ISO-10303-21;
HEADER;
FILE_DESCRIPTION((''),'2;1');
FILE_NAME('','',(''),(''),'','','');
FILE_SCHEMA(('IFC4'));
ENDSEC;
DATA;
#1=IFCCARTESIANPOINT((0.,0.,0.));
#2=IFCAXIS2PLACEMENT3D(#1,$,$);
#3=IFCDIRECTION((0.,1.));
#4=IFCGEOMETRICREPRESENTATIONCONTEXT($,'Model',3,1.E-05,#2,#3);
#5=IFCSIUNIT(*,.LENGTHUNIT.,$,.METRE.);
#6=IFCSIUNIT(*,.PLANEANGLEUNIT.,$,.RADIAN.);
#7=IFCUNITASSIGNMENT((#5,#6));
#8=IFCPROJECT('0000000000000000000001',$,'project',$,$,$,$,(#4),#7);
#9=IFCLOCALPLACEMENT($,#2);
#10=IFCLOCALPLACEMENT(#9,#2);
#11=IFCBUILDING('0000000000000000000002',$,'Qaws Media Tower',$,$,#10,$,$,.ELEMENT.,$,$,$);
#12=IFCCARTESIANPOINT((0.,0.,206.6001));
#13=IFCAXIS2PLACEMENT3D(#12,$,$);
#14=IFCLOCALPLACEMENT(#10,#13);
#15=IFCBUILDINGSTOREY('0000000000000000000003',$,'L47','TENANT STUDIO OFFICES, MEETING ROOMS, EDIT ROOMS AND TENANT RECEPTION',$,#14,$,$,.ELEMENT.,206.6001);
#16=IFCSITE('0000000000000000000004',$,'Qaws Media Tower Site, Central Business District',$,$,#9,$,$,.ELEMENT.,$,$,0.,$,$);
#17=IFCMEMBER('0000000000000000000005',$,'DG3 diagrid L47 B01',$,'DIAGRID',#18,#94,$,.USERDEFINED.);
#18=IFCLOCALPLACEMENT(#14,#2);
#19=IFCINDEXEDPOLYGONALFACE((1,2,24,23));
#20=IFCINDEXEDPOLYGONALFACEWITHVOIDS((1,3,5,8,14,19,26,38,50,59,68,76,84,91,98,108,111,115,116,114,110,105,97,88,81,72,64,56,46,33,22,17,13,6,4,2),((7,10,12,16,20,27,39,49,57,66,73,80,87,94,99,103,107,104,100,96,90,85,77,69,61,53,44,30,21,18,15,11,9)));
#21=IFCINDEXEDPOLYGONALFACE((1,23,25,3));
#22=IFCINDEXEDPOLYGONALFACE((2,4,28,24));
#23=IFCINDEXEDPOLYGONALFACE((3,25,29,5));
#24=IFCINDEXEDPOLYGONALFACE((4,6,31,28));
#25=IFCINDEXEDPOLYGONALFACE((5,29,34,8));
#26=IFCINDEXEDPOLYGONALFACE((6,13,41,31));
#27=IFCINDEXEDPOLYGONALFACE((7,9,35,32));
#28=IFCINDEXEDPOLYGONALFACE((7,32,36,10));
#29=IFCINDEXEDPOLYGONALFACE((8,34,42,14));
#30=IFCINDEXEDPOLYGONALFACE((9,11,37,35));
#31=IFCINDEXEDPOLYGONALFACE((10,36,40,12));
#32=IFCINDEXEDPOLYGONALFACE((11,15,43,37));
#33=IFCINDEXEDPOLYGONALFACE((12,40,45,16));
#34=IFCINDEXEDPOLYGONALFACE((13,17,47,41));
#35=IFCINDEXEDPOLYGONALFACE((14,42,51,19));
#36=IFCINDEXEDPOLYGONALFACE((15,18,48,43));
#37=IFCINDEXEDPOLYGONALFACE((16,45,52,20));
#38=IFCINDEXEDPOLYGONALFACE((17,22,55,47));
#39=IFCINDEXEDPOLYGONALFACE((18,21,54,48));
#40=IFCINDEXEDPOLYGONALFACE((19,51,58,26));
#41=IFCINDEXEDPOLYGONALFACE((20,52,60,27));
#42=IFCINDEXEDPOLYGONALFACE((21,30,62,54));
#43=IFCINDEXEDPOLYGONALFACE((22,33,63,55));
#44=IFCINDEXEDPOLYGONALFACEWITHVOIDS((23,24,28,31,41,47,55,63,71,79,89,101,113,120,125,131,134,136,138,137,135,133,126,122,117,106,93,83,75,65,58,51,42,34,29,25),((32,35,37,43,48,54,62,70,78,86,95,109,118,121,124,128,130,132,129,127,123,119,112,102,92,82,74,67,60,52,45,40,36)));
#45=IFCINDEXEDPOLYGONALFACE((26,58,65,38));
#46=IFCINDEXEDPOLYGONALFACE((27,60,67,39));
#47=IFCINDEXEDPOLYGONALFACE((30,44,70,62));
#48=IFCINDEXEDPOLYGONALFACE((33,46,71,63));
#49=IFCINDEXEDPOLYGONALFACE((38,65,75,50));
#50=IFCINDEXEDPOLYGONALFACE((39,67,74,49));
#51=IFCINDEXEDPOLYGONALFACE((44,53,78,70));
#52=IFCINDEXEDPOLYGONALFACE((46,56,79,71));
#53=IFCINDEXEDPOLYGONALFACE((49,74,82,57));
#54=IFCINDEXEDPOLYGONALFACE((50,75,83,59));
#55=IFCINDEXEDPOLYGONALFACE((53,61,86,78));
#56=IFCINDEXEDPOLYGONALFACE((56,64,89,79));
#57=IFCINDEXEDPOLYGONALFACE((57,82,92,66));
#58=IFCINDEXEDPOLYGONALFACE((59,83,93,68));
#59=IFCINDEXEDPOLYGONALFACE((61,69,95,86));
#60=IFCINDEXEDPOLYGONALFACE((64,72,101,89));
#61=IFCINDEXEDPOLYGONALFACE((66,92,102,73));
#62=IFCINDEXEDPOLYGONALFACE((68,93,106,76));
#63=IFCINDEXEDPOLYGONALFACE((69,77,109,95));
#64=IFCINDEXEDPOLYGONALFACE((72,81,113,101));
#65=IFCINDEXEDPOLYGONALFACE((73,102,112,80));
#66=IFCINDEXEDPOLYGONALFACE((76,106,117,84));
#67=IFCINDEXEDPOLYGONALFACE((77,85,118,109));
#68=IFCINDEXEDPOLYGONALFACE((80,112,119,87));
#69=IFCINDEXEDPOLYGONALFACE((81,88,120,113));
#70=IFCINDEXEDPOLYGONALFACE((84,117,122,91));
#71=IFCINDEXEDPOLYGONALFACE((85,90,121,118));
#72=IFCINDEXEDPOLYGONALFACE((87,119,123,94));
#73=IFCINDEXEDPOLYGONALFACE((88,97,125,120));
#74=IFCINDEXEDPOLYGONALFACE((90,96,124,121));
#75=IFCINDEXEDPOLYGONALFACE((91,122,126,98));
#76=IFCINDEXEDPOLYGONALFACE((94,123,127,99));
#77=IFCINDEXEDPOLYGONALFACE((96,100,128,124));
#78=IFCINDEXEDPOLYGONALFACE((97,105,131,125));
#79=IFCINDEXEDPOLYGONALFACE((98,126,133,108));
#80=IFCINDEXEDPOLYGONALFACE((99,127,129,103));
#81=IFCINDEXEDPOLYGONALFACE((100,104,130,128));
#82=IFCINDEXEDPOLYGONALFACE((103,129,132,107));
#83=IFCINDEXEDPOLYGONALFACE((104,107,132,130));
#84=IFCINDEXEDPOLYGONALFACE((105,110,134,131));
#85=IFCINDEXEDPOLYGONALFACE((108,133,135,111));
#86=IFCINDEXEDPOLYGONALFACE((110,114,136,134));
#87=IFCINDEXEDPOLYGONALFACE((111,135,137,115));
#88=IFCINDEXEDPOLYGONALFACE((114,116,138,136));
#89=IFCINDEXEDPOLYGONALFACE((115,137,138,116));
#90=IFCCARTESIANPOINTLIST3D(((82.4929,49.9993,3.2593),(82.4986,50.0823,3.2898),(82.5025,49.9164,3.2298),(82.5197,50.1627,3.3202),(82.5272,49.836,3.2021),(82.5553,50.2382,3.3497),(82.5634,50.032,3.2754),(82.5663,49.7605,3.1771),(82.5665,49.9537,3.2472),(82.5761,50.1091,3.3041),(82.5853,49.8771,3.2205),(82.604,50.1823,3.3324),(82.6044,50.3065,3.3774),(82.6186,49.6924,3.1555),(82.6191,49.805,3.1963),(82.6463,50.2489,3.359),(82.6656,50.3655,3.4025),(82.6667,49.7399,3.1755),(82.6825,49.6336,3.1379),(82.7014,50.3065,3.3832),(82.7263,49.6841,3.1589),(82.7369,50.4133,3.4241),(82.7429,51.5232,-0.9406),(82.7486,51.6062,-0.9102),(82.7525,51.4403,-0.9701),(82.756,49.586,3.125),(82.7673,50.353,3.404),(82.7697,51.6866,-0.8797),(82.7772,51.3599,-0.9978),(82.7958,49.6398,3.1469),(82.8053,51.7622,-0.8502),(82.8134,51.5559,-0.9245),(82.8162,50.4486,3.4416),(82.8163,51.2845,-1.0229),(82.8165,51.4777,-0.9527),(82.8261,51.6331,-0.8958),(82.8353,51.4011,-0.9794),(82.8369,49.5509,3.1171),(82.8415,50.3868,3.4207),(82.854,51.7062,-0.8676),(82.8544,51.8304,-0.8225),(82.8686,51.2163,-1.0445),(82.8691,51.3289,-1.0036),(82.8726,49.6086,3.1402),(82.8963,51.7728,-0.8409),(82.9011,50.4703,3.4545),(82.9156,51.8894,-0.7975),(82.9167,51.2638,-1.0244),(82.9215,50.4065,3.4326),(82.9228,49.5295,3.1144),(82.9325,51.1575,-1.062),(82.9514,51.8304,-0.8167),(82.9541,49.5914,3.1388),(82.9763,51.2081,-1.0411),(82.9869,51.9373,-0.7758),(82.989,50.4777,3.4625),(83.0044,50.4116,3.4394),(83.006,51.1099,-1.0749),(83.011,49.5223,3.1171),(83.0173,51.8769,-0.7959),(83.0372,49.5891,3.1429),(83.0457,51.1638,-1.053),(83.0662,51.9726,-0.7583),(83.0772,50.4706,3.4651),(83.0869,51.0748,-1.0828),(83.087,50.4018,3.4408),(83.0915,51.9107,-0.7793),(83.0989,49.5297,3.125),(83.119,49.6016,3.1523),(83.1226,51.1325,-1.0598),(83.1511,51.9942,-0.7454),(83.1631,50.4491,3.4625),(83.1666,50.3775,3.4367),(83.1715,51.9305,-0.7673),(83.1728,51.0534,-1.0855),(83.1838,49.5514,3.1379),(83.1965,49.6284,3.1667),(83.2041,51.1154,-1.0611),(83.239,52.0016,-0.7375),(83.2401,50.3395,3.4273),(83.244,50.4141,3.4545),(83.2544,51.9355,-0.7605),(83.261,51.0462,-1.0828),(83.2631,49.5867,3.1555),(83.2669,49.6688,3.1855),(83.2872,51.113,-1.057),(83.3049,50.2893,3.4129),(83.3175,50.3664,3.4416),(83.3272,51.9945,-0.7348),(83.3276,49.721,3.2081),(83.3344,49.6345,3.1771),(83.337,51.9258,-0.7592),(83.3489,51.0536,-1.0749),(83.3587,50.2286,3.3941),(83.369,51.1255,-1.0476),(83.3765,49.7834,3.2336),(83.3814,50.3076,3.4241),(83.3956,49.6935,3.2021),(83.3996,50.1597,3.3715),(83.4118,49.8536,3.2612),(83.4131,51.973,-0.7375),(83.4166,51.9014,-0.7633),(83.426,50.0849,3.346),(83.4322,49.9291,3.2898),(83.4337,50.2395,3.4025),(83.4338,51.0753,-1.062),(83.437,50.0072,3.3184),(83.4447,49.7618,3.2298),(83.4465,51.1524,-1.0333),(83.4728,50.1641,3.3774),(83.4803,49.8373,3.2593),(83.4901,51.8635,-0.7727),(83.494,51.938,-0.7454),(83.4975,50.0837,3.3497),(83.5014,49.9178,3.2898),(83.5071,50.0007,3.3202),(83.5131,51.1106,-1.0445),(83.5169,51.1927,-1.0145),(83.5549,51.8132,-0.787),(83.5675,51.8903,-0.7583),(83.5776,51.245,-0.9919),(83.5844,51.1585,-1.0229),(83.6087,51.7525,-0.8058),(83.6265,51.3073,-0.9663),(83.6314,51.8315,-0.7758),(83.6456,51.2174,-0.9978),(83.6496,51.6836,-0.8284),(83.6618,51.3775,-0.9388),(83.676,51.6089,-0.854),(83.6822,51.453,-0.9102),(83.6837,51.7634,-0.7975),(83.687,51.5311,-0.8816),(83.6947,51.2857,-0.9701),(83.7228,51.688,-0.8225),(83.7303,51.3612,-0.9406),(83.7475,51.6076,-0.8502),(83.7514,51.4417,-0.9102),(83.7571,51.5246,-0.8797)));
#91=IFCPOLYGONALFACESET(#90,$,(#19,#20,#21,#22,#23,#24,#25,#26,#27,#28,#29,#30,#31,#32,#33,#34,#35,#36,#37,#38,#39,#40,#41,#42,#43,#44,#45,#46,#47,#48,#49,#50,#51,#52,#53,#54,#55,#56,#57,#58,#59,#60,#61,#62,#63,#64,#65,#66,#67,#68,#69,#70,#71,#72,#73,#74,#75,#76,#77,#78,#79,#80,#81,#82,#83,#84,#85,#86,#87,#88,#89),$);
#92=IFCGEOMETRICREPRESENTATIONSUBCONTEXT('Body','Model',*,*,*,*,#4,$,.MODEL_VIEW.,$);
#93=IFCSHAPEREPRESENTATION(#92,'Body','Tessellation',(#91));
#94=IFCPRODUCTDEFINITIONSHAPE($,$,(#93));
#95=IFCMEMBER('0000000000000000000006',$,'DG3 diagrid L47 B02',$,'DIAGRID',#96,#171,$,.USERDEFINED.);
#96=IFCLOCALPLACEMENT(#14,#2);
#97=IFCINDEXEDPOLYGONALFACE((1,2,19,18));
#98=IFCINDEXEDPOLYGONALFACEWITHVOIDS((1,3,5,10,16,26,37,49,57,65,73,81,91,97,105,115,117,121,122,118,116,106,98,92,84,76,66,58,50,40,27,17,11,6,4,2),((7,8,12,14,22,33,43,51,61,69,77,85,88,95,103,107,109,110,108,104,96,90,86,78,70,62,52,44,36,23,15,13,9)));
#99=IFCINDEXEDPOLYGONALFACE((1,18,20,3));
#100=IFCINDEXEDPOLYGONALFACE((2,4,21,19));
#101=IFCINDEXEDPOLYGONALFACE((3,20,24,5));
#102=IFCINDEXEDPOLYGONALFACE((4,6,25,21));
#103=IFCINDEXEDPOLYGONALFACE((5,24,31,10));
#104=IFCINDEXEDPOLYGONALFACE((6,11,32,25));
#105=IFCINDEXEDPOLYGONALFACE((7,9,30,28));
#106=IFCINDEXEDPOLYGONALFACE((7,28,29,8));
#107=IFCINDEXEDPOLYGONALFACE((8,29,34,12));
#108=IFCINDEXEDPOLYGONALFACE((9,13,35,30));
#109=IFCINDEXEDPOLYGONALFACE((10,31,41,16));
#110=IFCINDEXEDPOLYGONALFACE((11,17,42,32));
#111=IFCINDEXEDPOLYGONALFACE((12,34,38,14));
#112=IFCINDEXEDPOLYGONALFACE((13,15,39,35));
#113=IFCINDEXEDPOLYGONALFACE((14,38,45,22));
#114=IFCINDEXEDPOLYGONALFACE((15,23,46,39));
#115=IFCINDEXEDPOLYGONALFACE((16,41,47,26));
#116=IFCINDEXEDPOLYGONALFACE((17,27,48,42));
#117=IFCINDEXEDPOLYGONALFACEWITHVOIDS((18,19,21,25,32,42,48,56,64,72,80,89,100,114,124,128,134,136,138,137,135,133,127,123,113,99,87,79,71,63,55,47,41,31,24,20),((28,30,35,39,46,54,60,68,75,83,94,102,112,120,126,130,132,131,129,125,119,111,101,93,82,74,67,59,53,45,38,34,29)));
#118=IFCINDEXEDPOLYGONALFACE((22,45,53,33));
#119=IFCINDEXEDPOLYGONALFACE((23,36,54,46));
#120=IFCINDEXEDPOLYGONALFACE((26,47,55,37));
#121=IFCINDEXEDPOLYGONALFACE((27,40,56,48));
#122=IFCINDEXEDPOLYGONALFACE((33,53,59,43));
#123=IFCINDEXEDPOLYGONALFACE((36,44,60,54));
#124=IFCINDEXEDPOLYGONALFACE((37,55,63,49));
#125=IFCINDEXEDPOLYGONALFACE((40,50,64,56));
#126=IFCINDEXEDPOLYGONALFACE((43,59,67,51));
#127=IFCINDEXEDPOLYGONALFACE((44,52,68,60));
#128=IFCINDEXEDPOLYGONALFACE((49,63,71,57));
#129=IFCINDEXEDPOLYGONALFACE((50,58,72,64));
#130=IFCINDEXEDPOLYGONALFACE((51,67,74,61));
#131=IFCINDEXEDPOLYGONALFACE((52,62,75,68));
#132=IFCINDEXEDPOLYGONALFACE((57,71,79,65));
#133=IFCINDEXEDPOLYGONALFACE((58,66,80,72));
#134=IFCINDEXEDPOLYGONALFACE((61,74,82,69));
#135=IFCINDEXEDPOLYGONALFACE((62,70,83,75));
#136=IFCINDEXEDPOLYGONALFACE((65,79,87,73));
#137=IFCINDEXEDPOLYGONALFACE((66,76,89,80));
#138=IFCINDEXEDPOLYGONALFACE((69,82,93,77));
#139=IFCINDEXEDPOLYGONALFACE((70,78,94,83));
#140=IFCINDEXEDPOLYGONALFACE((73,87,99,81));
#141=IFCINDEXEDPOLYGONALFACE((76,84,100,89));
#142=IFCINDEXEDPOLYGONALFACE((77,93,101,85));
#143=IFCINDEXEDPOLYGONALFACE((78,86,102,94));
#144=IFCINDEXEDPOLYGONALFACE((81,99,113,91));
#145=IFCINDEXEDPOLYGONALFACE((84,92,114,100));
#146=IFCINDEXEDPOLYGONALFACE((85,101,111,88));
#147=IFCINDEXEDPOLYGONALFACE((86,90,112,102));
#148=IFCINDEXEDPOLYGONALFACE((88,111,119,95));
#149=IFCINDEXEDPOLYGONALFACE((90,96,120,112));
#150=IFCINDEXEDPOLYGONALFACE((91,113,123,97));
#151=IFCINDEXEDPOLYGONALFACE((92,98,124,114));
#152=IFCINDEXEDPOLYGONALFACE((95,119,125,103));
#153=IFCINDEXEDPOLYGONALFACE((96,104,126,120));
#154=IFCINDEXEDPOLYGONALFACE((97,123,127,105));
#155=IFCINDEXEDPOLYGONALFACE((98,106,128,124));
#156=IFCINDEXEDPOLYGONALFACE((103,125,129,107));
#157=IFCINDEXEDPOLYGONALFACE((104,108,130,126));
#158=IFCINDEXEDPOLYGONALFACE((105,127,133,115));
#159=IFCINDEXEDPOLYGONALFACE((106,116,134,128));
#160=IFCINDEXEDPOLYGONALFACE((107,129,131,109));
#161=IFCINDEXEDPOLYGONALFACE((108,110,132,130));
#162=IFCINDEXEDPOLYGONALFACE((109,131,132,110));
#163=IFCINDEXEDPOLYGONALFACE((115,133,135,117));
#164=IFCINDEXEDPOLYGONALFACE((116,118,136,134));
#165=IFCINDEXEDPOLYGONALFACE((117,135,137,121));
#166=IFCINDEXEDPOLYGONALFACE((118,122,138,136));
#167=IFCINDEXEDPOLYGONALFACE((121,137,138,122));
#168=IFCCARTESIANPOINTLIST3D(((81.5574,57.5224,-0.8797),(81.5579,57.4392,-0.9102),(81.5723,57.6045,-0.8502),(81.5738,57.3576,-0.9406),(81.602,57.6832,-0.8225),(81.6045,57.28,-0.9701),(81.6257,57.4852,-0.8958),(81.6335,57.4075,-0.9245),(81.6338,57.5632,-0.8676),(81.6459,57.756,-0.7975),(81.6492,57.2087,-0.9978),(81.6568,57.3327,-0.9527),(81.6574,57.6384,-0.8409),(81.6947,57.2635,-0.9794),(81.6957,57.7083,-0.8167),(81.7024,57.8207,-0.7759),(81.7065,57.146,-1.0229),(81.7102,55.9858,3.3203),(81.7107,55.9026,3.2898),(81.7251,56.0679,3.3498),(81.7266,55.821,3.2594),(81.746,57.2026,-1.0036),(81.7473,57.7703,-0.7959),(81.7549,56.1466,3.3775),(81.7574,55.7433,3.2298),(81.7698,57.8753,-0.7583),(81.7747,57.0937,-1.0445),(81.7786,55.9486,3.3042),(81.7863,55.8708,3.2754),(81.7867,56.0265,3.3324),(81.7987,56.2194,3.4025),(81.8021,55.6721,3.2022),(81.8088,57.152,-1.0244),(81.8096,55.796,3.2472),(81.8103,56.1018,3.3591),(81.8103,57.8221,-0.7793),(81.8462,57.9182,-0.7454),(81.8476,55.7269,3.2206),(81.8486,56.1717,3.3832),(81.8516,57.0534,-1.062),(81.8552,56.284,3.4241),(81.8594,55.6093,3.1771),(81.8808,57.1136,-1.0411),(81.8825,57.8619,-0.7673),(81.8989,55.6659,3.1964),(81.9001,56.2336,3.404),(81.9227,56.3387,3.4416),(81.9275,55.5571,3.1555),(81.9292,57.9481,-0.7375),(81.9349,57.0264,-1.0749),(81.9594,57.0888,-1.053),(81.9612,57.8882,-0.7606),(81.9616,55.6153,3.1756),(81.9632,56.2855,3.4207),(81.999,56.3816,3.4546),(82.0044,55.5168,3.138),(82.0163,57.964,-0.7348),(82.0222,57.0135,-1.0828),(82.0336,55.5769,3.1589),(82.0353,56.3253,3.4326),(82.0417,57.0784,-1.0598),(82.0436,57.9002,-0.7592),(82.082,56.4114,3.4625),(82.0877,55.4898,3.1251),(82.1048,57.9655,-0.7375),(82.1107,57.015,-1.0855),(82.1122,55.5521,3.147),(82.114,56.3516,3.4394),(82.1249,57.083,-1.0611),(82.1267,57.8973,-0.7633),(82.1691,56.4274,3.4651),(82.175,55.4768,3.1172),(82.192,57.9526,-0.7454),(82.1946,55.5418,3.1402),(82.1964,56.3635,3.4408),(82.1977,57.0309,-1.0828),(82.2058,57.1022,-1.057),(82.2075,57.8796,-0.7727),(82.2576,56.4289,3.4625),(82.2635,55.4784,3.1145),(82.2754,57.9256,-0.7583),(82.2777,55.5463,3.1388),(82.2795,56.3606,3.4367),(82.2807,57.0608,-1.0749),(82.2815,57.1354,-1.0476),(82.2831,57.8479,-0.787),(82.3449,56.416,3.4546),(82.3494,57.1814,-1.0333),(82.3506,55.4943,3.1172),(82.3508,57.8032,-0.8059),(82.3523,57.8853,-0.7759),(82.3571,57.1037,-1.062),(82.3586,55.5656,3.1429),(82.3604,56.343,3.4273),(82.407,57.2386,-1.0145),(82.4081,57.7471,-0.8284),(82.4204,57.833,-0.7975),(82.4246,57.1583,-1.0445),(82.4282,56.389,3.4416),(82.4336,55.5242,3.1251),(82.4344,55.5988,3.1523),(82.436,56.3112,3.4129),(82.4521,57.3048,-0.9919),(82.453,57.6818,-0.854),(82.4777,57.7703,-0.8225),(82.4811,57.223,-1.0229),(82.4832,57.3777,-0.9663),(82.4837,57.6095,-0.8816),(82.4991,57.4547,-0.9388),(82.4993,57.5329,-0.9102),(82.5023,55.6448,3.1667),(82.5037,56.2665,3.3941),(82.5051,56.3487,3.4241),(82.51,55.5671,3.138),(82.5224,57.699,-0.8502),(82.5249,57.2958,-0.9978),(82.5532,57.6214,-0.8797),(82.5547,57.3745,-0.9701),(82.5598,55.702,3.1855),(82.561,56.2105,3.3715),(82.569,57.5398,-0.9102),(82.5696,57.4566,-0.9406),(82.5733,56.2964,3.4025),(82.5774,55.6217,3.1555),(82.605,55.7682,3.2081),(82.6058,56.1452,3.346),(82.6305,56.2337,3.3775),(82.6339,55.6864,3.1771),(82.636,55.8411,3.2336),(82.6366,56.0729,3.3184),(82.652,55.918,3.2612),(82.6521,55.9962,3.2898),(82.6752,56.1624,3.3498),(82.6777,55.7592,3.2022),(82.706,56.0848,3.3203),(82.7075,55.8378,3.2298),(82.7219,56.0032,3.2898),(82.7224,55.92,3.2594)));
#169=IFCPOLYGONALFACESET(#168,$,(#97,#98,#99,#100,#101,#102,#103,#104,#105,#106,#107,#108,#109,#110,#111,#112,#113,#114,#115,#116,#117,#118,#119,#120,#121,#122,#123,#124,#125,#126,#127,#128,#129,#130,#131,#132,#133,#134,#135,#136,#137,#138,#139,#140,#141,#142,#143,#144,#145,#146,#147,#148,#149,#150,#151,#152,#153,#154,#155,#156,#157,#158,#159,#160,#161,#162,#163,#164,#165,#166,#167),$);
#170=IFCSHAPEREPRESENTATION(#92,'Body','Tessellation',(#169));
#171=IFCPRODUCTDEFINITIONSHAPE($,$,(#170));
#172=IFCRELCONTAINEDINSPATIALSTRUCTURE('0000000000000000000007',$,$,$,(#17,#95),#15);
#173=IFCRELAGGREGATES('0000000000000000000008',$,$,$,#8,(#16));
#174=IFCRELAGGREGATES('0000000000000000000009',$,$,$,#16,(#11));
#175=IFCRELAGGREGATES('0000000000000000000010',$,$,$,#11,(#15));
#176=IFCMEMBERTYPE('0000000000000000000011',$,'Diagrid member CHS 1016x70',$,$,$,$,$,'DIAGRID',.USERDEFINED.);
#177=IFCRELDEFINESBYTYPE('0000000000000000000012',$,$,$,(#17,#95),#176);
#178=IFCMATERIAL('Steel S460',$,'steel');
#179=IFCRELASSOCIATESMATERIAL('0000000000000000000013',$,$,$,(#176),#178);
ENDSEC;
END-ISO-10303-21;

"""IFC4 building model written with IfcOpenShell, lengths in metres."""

from ifc_helpers import new_model, si_unit, direction, frame, origin, origin_2d, place, context, subcontext, project, spatial, hollow_circle, extrude, material, material_profile, profile_set, type_object, element, save


model = new_model("IFC4")

# Units and contexts
model_context = context("Model", 3, precision=1e-05, world=origin(), true_north=direction((0.0, 1.0)))
body_context = subcontext(model_context, "Body", "Model", "MODEL_VIEW")
ifc_project = project(units=[si_unit("LENGTHUNIT", "METRE"), si_unit("PLANEANGLEUNIT", "RADIAN")], contexts=[model_context])

# Site, building, storey
site_placement = place(None, origin())
site = spatial("IfcSite", under=ifc_project, at=site_placement, Name="Qaws Media Tower Site, Central Business District", CompositionType="ELEMENT", RefElevation=0.0)
building_placement = place(site_placement, origin())
building = spatial("IfcBuilding", under=site, at=building_placement, Name="Qaws Media Tower", CompositionType="ELEMENT")
storey_placement = place(building_placement, frame((0.0, 0.0, 206.6001)))
storey = spatial("IfcBuildingStorey", under=building, at=storey_placement, Name="L47", Description="TENANT STUDIO OFFICES, MEETING ROOMS, EDIT ROOMS AND TENANT RECEPTION", CompositionType="ELEMENT", Elevation=206.6001)

# Members
ifc_material_1 = material(Name="Steel S460", Category="steel")
ifc_material_profile_1 = material_profile(ifc_material_1, hollow_circle(Radius=0.5081, WallThickness=0.0701, at=origin_2d()), Name="CHS 1016x70")
ifc_profile_set_1 = profile_set([ifc_material_profile_1], Name="Steel S460")
member_type_1 = type_object("IfcMemberType", Name="Diagrid member CHS 1016x70", ElementType="DIAGRID", PredefinedType="USERDEFINED", material=ifc_profile_set_1)
for number, where, z_axis, x_axis, name in (
    (1, (83.25, 51.5239, -0.9102), (-0.055868, -0.340552, 0.938564), (0.986809, -0.161886, 0.0), "DG3 diagrid L47 B01"),
    (2, (82.0635, 57.4895, -0.9102), (0.034154, -0.343392, 0.938571), (0.99509, 0.098971, 0.0), "DG3 diagrid L47 B02"),
):
    element("IfcMember", number, at=place(storey_placement, frame(where, z_axis=z_axis, x_axis=x_axis)), inside=storey, type_object=member_type_1, Name=name, ObjectType="DIAGRID", PredefinedType="USERDEFINED", context=body_context, shape_type="SweptSolid", body=[
        extrude(hollow_circle(Radius=0.5081, WallThickness=0.0701, at=origin_2d()), origin(), (0.0, 0.0, 1.0), 4.4749),
    ])

save(model, "model.ifc")
